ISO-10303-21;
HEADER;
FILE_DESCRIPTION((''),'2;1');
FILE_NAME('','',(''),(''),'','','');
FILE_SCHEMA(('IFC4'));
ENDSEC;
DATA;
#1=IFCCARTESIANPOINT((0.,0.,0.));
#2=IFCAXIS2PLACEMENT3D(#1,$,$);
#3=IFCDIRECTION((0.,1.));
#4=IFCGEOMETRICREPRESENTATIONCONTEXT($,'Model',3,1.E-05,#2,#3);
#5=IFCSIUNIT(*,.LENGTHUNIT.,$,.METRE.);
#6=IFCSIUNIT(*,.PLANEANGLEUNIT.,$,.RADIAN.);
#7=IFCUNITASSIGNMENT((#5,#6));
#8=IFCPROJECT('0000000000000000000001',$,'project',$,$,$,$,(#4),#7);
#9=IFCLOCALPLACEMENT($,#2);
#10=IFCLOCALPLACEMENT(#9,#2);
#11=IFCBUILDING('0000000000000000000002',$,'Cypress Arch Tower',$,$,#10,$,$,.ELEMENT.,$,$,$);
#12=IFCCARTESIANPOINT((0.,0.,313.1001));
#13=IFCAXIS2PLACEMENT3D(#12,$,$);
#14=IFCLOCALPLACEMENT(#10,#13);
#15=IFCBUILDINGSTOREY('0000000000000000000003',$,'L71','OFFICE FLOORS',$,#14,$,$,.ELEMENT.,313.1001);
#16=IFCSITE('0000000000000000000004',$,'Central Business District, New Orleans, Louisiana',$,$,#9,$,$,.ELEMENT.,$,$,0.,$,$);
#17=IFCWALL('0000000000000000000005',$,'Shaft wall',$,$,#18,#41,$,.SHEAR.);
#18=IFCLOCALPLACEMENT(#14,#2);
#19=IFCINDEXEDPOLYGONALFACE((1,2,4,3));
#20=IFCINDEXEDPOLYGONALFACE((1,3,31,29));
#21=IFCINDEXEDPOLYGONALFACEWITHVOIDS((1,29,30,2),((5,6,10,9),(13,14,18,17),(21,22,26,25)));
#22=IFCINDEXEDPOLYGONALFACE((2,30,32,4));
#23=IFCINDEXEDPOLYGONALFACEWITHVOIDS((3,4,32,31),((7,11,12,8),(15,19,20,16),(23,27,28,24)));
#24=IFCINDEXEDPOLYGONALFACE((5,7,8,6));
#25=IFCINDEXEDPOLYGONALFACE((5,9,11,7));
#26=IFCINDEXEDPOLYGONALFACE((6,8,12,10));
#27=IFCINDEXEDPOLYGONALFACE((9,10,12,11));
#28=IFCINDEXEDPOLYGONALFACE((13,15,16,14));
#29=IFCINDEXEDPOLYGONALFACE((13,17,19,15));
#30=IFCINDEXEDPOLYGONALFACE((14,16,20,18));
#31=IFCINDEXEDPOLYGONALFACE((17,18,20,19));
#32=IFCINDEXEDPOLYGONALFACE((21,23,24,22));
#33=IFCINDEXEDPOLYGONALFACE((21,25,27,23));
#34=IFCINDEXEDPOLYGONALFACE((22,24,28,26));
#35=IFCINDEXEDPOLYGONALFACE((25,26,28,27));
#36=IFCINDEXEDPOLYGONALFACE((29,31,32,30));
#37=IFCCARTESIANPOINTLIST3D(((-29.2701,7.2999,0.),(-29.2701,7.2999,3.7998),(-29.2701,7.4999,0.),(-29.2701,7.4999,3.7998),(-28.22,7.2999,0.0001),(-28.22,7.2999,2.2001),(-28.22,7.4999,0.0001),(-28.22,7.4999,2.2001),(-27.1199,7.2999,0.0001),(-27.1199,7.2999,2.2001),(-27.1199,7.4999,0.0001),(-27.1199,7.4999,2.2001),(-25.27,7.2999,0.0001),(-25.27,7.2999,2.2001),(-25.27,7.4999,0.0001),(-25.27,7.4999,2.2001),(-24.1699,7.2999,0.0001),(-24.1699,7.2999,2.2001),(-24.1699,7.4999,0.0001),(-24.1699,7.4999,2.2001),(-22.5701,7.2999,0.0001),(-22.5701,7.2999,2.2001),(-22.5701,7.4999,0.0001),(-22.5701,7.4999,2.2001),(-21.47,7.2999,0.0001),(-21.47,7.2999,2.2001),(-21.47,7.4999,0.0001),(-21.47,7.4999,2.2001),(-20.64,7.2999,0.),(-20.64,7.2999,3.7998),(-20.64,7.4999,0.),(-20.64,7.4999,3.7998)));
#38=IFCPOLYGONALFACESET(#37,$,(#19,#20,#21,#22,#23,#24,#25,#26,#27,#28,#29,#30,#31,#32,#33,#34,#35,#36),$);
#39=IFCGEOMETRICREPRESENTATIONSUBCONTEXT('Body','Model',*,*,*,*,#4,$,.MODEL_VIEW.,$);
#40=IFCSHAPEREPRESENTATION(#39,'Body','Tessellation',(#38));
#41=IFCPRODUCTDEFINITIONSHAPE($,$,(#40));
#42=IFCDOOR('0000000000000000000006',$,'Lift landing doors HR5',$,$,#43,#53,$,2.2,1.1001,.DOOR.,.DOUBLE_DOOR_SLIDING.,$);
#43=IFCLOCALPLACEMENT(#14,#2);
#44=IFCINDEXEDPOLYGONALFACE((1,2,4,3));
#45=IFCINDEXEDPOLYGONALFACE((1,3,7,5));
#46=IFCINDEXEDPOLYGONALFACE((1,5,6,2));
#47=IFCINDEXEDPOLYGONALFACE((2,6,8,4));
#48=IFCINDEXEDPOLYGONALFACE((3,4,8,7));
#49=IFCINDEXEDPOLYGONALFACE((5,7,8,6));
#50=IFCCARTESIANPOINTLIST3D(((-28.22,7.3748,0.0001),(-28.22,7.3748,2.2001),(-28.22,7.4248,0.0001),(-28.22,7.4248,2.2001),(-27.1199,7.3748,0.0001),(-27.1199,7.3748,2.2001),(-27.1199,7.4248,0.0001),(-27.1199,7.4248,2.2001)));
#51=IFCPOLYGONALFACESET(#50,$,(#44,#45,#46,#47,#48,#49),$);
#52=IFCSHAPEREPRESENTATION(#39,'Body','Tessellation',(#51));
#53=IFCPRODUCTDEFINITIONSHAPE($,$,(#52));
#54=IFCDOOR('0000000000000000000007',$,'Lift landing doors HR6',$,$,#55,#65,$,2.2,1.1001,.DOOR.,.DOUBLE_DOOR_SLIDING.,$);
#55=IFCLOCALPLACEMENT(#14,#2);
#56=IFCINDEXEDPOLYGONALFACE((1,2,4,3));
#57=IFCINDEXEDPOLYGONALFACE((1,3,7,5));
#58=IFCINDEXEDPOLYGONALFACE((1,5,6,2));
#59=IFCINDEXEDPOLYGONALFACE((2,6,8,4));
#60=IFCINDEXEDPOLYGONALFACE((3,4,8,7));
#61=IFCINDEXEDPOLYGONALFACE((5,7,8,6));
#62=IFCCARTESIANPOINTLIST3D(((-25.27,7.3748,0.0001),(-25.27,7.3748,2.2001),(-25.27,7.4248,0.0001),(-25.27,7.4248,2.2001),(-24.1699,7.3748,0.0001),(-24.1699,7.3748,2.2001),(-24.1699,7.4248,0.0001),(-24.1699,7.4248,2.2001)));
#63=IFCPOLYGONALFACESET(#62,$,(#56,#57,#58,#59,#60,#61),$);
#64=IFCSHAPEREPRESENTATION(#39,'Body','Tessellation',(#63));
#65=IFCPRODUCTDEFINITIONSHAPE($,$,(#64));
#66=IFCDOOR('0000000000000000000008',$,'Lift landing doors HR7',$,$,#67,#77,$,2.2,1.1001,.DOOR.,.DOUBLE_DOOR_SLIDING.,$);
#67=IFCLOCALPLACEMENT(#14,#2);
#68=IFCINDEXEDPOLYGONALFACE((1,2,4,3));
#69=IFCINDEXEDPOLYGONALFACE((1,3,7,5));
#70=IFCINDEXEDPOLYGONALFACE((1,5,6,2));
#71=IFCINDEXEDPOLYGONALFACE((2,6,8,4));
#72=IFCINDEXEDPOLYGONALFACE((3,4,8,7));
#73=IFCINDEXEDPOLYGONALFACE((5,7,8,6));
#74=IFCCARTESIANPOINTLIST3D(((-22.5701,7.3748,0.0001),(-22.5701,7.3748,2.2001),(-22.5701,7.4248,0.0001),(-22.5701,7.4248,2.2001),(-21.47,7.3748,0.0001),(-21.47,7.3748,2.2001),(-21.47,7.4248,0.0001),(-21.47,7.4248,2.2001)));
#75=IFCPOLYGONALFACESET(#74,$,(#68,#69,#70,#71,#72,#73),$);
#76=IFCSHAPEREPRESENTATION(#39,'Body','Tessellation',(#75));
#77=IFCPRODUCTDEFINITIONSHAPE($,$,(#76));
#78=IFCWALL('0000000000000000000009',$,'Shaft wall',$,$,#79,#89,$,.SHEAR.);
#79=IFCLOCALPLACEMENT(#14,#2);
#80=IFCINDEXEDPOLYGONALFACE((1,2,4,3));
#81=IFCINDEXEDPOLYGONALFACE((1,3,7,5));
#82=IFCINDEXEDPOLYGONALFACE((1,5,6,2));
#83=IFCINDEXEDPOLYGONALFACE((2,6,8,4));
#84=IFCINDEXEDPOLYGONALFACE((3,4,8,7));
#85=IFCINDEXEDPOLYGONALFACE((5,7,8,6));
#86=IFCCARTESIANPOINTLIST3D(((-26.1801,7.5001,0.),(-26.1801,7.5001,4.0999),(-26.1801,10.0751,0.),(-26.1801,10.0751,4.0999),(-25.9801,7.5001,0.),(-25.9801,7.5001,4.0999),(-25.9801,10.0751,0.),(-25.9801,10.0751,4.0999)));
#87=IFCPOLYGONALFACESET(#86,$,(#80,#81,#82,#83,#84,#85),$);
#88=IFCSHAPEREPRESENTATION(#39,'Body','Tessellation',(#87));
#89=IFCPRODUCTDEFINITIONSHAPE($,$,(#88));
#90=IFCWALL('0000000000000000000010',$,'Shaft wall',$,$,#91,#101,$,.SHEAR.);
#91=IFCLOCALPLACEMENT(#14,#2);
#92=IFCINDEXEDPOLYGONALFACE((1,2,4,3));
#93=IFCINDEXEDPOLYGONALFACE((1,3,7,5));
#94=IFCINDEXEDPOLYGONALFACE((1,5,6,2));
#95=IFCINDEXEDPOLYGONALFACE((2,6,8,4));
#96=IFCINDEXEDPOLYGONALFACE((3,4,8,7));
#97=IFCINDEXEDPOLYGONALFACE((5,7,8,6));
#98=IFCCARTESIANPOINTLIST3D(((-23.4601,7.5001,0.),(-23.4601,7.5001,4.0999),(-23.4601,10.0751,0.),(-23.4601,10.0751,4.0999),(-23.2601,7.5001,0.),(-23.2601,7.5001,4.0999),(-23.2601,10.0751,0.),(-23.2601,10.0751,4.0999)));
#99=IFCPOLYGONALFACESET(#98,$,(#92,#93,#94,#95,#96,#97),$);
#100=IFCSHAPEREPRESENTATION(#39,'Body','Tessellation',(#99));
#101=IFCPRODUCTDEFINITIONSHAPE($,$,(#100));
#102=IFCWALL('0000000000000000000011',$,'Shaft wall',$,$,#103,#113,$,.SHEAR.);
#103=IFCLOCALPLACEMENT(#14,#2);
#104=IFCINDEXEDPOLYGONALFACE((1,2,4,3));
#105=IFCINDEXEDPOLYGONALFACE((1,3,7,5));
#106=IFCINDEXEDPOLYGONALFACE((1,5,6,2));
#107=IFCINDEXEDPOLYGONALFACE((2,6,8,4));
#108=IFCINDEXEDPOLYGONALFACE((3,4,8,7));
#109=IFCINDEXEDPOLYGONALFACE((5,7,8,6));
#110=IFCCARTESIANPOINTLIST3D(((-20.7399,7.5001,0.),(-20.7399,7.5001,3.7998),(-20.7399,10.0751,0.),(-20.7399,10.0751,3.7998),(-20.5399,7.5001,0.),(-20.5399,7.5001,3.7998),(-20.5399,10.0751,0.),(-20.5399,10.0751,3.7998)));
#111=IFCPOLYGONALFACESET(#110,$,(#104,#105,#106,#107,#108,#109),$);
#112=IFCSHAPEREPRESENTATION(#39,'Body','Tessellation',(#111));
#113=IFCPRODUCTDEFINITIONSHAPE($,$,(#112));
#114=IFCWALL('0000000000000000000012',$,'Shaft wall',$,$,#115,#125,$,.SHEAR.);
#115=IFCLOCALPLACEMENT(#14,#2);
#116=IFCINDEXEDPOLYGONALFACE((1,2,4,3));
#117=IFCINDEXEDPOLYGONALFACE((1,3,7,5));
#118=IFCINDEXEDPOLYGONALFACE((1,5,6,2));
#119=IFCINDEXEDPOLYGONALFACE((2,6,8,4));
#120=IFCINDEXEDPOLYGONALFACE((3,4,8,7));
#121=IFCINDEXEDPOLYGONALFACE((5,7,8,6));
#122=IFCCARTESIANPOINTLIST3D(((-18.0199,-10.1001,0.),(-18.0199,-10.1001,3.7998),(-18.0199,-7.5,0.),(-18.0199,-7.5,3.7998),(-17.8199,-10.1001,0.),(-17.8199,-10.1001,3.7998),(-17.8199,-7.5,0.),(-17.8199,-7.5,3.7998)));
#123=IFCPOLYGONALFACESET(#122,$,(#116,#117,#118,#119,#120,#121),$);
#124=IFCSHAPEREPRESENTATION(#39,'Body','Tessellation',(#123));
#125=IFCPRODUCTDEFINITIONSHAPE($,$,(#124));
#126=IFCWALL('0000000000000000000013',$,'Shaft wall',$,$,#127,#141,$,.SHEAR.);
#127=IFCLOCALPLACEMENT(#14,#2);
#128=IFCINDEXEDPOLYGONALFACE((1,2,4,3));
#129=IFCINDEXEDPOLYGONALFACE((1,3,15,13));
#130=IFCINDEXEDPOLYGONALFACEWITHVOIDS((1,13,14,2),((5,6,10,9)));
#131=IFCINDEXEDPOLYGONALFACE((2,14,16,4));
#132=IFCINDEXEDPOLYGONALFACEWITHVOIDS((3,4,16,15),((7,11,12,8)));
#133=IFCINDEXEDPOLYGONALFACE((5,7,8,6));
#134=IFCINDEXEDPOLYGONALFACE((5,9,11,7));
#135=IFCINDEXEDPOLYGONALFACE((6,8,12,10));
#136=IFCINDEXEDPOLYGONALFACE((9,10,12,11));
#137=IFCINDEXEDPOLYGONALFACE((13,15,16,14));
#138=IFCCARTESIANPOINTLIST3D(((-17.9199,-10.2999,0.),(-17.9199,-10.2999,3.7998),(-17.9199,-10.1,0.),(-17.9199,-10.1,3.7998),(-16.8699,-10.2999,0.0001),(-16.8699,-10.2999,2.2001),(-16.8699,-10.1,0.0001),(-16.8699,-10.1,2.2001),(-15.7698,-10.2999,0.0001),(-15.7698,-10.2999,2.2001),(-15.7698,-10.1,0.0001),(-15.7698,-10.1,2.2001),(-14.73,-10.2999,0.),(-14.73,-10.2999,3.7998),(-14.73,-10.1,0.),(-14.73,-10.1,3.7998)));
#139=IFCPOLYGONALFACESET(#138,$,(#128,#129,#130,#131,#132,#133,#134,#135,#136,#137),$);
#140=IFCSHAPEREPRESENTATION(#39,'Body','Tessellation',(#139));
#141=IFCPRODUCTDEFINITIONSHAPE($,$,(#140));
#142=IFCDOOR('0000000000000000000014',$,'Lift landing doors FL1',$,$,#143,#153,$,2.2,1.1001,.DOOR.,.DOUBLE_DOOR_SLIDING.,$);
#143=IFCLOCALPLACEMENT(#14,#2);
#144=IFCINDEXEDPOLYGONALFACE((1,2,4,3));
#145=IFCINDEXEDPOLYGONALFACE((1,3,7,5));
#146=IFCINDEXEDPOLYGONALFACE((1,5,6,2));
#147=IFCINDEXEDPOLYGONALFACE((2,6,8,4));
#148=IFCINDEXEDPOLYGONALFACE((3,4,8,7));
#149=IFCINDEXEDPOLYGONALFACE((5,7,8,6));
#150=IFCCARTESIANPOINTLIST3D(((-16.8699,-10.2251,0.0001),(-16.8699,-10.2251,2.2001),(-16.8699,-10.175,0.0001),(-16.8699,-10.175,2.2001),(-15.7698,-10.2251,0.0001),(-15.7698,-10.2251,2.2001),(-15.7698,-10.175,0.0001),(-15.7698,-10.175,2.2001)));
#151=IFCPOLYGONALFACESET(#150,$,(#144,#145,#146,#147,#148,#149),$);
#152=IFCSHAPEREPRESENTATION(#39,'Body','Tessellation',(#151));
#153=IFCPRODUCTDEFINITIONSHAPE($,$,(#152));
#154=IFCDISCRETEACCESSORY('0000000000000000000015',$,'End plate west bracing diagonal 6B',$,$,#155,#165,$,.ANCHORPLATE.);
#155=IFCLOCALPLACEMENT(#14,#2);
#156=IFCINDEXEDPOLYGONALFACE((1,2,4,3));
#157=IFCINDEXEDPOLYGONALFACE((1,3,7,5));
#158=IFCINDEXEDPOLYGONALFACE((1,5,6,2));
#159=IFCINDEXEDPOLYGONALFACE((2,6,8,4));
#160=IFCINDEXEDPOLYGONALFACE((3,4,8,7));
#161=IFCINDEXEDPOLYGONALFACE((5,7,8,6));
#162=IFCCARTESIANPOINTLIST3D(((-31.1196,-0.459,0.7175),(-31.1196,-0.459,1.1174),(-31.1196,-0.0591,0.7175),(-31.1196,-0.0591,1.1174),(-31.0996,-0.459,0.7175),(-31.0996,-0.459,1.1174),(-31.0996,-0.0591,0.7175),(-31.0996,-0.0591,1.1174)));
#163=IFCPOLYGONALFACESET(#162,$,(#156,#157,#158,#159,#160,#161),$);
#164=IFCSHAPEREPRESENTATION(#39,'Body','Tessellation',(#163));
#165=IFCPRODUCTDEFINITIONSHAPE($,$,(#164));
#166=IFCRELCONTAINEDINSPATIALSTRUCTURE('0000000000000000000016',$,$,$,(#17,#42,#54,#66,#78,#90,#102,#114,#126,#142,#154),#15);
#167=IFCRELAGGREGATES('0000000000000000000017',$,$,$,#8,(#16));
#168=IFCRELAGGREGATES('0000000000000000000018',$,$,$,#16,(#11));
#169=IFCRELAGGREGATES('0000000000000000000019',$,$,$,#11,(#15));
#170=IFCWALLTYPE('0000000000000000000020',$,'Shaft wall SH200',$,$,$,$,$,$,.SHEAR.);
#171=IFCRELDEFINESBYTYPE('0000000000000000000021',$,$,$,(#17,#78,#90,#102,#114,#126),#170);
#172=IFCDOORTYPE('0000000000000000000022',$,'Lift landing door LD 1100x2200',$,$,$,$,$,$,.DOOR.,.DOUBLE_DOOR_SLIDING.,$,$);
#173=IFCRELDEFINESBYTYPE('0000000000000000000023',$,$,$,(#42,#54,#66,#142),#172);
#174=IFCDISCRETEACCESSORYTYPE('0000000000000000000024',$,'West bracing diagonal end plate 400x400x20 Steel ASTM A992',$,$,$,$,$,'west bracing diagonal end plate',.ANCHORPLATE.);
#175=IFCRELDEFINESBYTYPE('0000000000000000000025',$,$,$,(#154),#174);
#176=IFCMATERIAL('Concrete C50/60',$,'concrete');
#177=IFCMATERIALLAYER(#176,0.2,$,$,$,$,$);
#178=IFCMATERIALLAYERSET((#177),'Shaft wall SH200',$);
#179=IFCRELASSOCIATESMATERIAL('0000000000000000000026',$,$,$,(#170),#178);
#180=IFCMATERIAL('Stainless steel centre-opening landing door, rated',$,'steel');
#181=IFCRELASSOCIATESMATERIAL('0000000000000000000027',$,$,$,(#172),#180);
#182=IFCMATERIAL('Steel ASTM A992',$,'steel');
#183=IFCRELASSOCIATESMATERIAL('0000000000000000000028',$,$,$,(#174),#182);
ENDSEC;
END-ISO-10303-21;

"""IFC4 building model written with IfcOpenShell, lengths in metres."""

from ifc_helpers import new_model, si_unit, direction, frame, frame_2d, origin, origin_2d, place, context, subcontext, project, spatial, rectangle, extrude, material, layer, layer_set, material_profile, profile_set, type_object, element, fill, save


model = new_model("IFC4")

# Units and contexts
model_context = context("Model", 3, precision=1e-05, world=origin(), true_north=direction((0.0, 1.0)))
body_context = subcontext(model_context, "Body", "Model", "MODEL_VIEW")
ifc_project = project(units=[si_unit("LENGTHUNIT", "METRE"), si_unit("PLANEANGLEUNIT", "RADIAN")], contexts=[model_context])

# Site, building, storey
site_placement = place(None, origin())
site = spatial("IfcSite", under=ifc_project, at=site_placement, Name="Central Business District, New Orleans, Louisiana", CompositionType="ELEMENT", RefElevation=0.0)
building_placement = place(site_placement, origin())
building = spatial("IfcBuilding", under=site, at=building_placement, Name="Cypress Arch Tower", CompositionType="ELEMENT")
storey_placement = place(building_placement, frame((0.0, 0.0, 313.1001)))
storey = spatial("IfcBuildingStorey", under=building, at=storey_placement, Name="L71", Description="OFFICE FLOORS", CompositionType="ELEMENT", Elevation=313.1001)

# Wall, openings, doors
ifc_material_1 = material(Name="Concrete C50/60", Category="concrete")
ifc_layer_1 = layer(ifc_material_1, 0.2)
ifc_layer_set_1 = layer_set([ifc_layer_1], Name="Shaft wall SH200")
wall_type_1 = type_object("IfcWallType", Name="Shaft wall SH200", PredefinedType="SHEAR", material=ifc_layer_set_1)
wall_1_placement = place(storey_placement, frame((-29.27, 7.3999, 0.0), z_axis=(0.0, 0.0, 1.0), x_axis=(1.0, 0.0, 0.0)))
wall_1 = element("IfcWall", 1, at=wall_1_placement, inside=storey, type_object=wall_type_1, Name="Shaft wall", PredefinedType="SHEAR", context=body_context, shape_type="SweptSolid", body=[
    extrude(rectangle(XDim=8.6301, YDim=0.2, at=frame_2d((4.3149, 0.0))), origin(), (0.0, 0.0, 1.0), 3.7998),
])
opening_1_placement = place(wall_1_placement, frame((1.05, 0.0, 0.0)))
opening_1 = element("IfcOpeningElement", 2, at=opening_1_placement, cuts=wall_1, PredefinedType="OPENING", context=body_context, shape_type="SweptSolid", body=[
    extrude(rectangle(XDim=1.1001, YDim=2.2, at=frame_2d((0.55, 1.1001))), frame((0.0, 0.1099, 0.0), z_axis=(0.0, -1.0, 0.0), x_axis=(1.0, 0.0, 0.0)), (0.0, 0.0, 1.0), 0.22),
])
opening_2_placement = place(wall_1_placement, frame((4.0, 0.0, 0.0)))
opening_2 = element("IfcOpeningElement", 3, at=opening_2_placement, cuts=wall_1, PredefinedType="OPENING", context=body_context, shape_type="SweptSolid", body=[
    extrude(rectangle(XDim=1.1001, YDim=2.2, at=frame_2d((0.55, 1.1001))), frame((0.0, 0.1099, 0.0), z_axis=(0.0, -1.0, 0.0), x_axis=(1.0, 0.0, 0.0)), (0.0, 0.0, 1.0), 0.22),
])
opening_3_placement = place(wall_1_placement, frame((6.7, 0.0, 0.0)))
opening_3 = element("IfcOpeningElement", 4, at=opening_3_placement, cuts=wall_1, PredefinedType="OPENING", context=body_context, shape_type="SweptSolid", body=[
    extrude(rectangle(XDim=1.1001, YDim=2.2, at=frame_2d((0.55, 1.1001))), frame((0.0, 0.1099, 0.0), z_axis=(0.0, -1.0, 0.0), x_axis=(1.0, 0.0, 0.0)), (0.0, 0.0, 1.0), 0.22),
])
ifc_material_2 = material(Name="Stainless steel centre-opening landing door, rated", Category="steel")
door_type_1 = type_object("IfcDoorType", Name="Lift landing door LD 1100x2200", OperationType="DOUBLE_DOOR_SLIDING", PredefinedType="DOOR", material=ifc_material_2)
door_1_placement = place(opening_1_placement, origin())
door_1 = element("IfcDoor", 5, at=door_1_placement, inside=storey, type_object=door_type_1, Name="Lift landing doors HR5", OperationType="DOUBLE_DOOR_SLIDING", OverallHeight=2.2, OverallWidth=1.1001, PredefinedType="DOOR", context=body_context, shape_type="SweptSolid", body=[
    extrude(rectangle(XDim=1.1001, YDim=2.2, at=frame_2d((0.55, 1.1001))), frame((0.0, 0.0249, 0.0), z_axis=(0.0, -1.0, 0.0), x_axis=(1.0, 0.0, 0.0)), (0.0, 0.0, 1.0), 0.05),
])
fill(opening_1, door_1)
door_2_placement = place(opening_2_placement, origin())
door_2 = element("IfcDoor", 6, at=door_2_placement, inside=storey, type_object=door_type_1, Name="Lift landing doors HR6", OperationType="DOUBLE_DOOR_SLIDING", OverallHeight=2.2, OverallWidth=1.1001, PredefinedType="DOOR", context=body_context, shape_type="SweptSolid", body=[
    extrude(rectangle(XDim=1.1001, YDim=2.2, at=frame_2d((0.55, 1.1001))), frame((0.0, 0.0249, 0.0), z_axis=(0.0, -1.0, 0.0), x_axis=(1.0, 0.0, 0.0)), (0.0, 0.0, 1.0), 0.05),
])
fill(opening_2, door_2)
door_3_placement = place(opening_3_placement, origin())
door_3 = element("IfcDoor", 7, at=door_3_placement, inside=storey, type_object=door_type_1, Name="Lift landing doors HR7", OperationType="DOUBLE_DOOR_SLIDING", OverallHeight=2.2, OverallWidth=1.1001, PredefinedType="DOOR", context=body_context, shape_type="SweptSolid", body=[
    extrude(rectangle(XDim=1.1001, YDim=2.2, at=frame_2d((0.55, 1.1001))), frame((0.0, 0.0249, 0.0), z_axis=(0.0, -1.0, 0.0), x_axis=(1.0, 0.0, 0.0)), (0.0, 0.0, 1.0), 0.05),
])
fill(opening_3, door_3)

# Walls
for number, where, z_axis, x_axis, name in (
    (8, (-26.0801, 7.5, 0.0), (0.0, 0.0, 1.0), (0.0, 1.0, 0.0), "Shaft wall"),
    (9, (-23.3601, 7.5, 0.0), (0.0, 0.0, 1.0), (0.0, 1.0, 0.0), "Shaft wall"),
):
    element("IfcWall", number, at=place(storey_placement, frame(where, z_axis=z_axis, x_axis=x_axis)), inside=storey, type_object=wall_type_1, Name=name, PredefinedType="SHEAR", context=body_context, shape_type="SweptSolid", body=[
        extrude(rectangle(XDim=2.575, YDim=0.2, at=frame_2d((1.2876, 0.0))), origin(), (0.0, 0.0, 1.0), 4.0999),
    ])
wall_2_placement = place(storey_placement, frame((-20.6399, 7.5, 0.0), z_axis=(0.0, 0.0, 1.0), x_axis=(0.0, 1.0, 0.0)))
element("IfcWall", 10, at=wall_2_placement, inside=storey, type_object=wall_type_1, Name="Shaft wall", PredefinedType="SHEAR", context=body_context, shape_type="SweptSolid", body=[
    extrude(rectangle(XDim=2.575, YDim=0.2, at=frame_2d((1.2876, 0.0))), origin(), (0.0, 0.0, 1.0), 3.7998),
])
wall_3_placement = place(storey_placement, frame((-17.9199, -10.1001, 0.0), z_axis=(0.0, 0.0, 1.0), x_axis=(0.0, 1.0, 0.0)))
element("IfcWall", 11, at=wall_3_placement, inside=storey, type_object=wall_type_1, Name="Shaft wall", PredefinedType="SHEAR", context=body_context, shape_type="SweptSolid", body=[
    extrude(rectangle(XDim=2.6001, YDim=0.2, at=frame_2d((1.3, 0.0))), origin(), (0.0, 0.0, 1.0), 3.7998),
])

# Wall, opening, door
wall_4_placement = place(storey_placement, frame((-17.9199, -10.2, 0.0), z_axis=(0.0, 0.0, 1.0), x_axis=(1.0, 0.0, 0.0)))
wall_4 = element("IfcWall", 12, at=wall_4_placement, inside=storey, type_object=wall_type_1, Name="Shaft wall", PredefinedType="SHEAR", context=body_context, shape_type="SweptSolid", body=[
    extrude(rectangle(XDim=3.1899, YDim=0.2, at=frame_2d((1.595, 0.0))), origin(), (0.0, 0.0, 1.0), 3.7998),
])
opening_4_placement = place(wall_4_placement, frame((1.05, 0.0, 0.0)))
opening_4 = element("IfcOpeningElement", 13, at=opening_4_placement, cuts=wall_4, PredefinedType="OPENING", context=body_context, shape_type="SweptSolid", body=[
    extrude(rectangle(XDim=1.1001, YDim=2.2, at=frame_2d((0.55, 1.1001))), frame((0.0, 0.1099, 0.0), z_axis=(0.0, -1.0, 0.0), x_axis=(1.0, 0.0, 0.0)), (0.0, 0.0, 1.0), 0.22),
])
door_4_placement = place(opening_4_placement, origin())
door_4 = element("IfcDoor", 14, at=door_4_placement, inside=storey, type_object=door_type_1, Name="Lift landing doors FL1", OperationType="DOUBLE_DOOR_SLIDING", OverallHeight=2.2, OverallWidth=1.1001, PredefinedType="DOOR", context=body_context, shape_type="SweptSolid", body=[
    extrude(rectangle(XDim=1.1001, YDim=2.2, at=frame_2d((0.55, 1.1001))), frame((0.0, 0.0249, 0.0), z_axis=(0.0, -1.0, 0.0), x_axis=(1.0, 0.0, 0.0)), (0.0, 0.0, 1.0), 0.05),
])
fill(opening_4, door_4)

# Discrete accessory
ifc_material_3 = material(Name="Steel ASTM A992", Category="steel")
ifc_material_profile = material_profile(ifc_material_3, rectangle(XDim=0.3999, YDim=0.3999, at=origin_2d()), Name="PL 20 400x400")
ifc_profile_set = profile_set([ifc_material_profile], Name="Steel ASTM A992")
discrete_accessory_type = type_object("IfcDiscreteAccessoryType", Name="West bracing diagonal end plate 400x400x20 Steel ASTM A992", ElementType="west bracing diagonal end plate", PredefinedType="ANCHORPLATE", material=ifc_profile_set)
discrete_accessory_placement = place(storey_placement, frame((-31.0996, -0.259, 0.9175), z_axis=(-1.0, 0.0, 0.0), x_axis=(0.0, -1.0, 0.0)))
element("IfcDiscreteAccessory", 15, at=discrete_accessory_placement, inside=storey, type_object=discrete_accessory_type, Name="End plate west bracing diagonal 6B", PredefinedType="ANCHORPLATE", context=body_context, shape_type="SweptSolid", body=[
    extrude(rectangle(XDim=0.3999, YDim=0.3999, at=origin_2d()), origin(), (0.0, 0.0, 1.0), 0.02),
])

save(model, "model.ifc")
